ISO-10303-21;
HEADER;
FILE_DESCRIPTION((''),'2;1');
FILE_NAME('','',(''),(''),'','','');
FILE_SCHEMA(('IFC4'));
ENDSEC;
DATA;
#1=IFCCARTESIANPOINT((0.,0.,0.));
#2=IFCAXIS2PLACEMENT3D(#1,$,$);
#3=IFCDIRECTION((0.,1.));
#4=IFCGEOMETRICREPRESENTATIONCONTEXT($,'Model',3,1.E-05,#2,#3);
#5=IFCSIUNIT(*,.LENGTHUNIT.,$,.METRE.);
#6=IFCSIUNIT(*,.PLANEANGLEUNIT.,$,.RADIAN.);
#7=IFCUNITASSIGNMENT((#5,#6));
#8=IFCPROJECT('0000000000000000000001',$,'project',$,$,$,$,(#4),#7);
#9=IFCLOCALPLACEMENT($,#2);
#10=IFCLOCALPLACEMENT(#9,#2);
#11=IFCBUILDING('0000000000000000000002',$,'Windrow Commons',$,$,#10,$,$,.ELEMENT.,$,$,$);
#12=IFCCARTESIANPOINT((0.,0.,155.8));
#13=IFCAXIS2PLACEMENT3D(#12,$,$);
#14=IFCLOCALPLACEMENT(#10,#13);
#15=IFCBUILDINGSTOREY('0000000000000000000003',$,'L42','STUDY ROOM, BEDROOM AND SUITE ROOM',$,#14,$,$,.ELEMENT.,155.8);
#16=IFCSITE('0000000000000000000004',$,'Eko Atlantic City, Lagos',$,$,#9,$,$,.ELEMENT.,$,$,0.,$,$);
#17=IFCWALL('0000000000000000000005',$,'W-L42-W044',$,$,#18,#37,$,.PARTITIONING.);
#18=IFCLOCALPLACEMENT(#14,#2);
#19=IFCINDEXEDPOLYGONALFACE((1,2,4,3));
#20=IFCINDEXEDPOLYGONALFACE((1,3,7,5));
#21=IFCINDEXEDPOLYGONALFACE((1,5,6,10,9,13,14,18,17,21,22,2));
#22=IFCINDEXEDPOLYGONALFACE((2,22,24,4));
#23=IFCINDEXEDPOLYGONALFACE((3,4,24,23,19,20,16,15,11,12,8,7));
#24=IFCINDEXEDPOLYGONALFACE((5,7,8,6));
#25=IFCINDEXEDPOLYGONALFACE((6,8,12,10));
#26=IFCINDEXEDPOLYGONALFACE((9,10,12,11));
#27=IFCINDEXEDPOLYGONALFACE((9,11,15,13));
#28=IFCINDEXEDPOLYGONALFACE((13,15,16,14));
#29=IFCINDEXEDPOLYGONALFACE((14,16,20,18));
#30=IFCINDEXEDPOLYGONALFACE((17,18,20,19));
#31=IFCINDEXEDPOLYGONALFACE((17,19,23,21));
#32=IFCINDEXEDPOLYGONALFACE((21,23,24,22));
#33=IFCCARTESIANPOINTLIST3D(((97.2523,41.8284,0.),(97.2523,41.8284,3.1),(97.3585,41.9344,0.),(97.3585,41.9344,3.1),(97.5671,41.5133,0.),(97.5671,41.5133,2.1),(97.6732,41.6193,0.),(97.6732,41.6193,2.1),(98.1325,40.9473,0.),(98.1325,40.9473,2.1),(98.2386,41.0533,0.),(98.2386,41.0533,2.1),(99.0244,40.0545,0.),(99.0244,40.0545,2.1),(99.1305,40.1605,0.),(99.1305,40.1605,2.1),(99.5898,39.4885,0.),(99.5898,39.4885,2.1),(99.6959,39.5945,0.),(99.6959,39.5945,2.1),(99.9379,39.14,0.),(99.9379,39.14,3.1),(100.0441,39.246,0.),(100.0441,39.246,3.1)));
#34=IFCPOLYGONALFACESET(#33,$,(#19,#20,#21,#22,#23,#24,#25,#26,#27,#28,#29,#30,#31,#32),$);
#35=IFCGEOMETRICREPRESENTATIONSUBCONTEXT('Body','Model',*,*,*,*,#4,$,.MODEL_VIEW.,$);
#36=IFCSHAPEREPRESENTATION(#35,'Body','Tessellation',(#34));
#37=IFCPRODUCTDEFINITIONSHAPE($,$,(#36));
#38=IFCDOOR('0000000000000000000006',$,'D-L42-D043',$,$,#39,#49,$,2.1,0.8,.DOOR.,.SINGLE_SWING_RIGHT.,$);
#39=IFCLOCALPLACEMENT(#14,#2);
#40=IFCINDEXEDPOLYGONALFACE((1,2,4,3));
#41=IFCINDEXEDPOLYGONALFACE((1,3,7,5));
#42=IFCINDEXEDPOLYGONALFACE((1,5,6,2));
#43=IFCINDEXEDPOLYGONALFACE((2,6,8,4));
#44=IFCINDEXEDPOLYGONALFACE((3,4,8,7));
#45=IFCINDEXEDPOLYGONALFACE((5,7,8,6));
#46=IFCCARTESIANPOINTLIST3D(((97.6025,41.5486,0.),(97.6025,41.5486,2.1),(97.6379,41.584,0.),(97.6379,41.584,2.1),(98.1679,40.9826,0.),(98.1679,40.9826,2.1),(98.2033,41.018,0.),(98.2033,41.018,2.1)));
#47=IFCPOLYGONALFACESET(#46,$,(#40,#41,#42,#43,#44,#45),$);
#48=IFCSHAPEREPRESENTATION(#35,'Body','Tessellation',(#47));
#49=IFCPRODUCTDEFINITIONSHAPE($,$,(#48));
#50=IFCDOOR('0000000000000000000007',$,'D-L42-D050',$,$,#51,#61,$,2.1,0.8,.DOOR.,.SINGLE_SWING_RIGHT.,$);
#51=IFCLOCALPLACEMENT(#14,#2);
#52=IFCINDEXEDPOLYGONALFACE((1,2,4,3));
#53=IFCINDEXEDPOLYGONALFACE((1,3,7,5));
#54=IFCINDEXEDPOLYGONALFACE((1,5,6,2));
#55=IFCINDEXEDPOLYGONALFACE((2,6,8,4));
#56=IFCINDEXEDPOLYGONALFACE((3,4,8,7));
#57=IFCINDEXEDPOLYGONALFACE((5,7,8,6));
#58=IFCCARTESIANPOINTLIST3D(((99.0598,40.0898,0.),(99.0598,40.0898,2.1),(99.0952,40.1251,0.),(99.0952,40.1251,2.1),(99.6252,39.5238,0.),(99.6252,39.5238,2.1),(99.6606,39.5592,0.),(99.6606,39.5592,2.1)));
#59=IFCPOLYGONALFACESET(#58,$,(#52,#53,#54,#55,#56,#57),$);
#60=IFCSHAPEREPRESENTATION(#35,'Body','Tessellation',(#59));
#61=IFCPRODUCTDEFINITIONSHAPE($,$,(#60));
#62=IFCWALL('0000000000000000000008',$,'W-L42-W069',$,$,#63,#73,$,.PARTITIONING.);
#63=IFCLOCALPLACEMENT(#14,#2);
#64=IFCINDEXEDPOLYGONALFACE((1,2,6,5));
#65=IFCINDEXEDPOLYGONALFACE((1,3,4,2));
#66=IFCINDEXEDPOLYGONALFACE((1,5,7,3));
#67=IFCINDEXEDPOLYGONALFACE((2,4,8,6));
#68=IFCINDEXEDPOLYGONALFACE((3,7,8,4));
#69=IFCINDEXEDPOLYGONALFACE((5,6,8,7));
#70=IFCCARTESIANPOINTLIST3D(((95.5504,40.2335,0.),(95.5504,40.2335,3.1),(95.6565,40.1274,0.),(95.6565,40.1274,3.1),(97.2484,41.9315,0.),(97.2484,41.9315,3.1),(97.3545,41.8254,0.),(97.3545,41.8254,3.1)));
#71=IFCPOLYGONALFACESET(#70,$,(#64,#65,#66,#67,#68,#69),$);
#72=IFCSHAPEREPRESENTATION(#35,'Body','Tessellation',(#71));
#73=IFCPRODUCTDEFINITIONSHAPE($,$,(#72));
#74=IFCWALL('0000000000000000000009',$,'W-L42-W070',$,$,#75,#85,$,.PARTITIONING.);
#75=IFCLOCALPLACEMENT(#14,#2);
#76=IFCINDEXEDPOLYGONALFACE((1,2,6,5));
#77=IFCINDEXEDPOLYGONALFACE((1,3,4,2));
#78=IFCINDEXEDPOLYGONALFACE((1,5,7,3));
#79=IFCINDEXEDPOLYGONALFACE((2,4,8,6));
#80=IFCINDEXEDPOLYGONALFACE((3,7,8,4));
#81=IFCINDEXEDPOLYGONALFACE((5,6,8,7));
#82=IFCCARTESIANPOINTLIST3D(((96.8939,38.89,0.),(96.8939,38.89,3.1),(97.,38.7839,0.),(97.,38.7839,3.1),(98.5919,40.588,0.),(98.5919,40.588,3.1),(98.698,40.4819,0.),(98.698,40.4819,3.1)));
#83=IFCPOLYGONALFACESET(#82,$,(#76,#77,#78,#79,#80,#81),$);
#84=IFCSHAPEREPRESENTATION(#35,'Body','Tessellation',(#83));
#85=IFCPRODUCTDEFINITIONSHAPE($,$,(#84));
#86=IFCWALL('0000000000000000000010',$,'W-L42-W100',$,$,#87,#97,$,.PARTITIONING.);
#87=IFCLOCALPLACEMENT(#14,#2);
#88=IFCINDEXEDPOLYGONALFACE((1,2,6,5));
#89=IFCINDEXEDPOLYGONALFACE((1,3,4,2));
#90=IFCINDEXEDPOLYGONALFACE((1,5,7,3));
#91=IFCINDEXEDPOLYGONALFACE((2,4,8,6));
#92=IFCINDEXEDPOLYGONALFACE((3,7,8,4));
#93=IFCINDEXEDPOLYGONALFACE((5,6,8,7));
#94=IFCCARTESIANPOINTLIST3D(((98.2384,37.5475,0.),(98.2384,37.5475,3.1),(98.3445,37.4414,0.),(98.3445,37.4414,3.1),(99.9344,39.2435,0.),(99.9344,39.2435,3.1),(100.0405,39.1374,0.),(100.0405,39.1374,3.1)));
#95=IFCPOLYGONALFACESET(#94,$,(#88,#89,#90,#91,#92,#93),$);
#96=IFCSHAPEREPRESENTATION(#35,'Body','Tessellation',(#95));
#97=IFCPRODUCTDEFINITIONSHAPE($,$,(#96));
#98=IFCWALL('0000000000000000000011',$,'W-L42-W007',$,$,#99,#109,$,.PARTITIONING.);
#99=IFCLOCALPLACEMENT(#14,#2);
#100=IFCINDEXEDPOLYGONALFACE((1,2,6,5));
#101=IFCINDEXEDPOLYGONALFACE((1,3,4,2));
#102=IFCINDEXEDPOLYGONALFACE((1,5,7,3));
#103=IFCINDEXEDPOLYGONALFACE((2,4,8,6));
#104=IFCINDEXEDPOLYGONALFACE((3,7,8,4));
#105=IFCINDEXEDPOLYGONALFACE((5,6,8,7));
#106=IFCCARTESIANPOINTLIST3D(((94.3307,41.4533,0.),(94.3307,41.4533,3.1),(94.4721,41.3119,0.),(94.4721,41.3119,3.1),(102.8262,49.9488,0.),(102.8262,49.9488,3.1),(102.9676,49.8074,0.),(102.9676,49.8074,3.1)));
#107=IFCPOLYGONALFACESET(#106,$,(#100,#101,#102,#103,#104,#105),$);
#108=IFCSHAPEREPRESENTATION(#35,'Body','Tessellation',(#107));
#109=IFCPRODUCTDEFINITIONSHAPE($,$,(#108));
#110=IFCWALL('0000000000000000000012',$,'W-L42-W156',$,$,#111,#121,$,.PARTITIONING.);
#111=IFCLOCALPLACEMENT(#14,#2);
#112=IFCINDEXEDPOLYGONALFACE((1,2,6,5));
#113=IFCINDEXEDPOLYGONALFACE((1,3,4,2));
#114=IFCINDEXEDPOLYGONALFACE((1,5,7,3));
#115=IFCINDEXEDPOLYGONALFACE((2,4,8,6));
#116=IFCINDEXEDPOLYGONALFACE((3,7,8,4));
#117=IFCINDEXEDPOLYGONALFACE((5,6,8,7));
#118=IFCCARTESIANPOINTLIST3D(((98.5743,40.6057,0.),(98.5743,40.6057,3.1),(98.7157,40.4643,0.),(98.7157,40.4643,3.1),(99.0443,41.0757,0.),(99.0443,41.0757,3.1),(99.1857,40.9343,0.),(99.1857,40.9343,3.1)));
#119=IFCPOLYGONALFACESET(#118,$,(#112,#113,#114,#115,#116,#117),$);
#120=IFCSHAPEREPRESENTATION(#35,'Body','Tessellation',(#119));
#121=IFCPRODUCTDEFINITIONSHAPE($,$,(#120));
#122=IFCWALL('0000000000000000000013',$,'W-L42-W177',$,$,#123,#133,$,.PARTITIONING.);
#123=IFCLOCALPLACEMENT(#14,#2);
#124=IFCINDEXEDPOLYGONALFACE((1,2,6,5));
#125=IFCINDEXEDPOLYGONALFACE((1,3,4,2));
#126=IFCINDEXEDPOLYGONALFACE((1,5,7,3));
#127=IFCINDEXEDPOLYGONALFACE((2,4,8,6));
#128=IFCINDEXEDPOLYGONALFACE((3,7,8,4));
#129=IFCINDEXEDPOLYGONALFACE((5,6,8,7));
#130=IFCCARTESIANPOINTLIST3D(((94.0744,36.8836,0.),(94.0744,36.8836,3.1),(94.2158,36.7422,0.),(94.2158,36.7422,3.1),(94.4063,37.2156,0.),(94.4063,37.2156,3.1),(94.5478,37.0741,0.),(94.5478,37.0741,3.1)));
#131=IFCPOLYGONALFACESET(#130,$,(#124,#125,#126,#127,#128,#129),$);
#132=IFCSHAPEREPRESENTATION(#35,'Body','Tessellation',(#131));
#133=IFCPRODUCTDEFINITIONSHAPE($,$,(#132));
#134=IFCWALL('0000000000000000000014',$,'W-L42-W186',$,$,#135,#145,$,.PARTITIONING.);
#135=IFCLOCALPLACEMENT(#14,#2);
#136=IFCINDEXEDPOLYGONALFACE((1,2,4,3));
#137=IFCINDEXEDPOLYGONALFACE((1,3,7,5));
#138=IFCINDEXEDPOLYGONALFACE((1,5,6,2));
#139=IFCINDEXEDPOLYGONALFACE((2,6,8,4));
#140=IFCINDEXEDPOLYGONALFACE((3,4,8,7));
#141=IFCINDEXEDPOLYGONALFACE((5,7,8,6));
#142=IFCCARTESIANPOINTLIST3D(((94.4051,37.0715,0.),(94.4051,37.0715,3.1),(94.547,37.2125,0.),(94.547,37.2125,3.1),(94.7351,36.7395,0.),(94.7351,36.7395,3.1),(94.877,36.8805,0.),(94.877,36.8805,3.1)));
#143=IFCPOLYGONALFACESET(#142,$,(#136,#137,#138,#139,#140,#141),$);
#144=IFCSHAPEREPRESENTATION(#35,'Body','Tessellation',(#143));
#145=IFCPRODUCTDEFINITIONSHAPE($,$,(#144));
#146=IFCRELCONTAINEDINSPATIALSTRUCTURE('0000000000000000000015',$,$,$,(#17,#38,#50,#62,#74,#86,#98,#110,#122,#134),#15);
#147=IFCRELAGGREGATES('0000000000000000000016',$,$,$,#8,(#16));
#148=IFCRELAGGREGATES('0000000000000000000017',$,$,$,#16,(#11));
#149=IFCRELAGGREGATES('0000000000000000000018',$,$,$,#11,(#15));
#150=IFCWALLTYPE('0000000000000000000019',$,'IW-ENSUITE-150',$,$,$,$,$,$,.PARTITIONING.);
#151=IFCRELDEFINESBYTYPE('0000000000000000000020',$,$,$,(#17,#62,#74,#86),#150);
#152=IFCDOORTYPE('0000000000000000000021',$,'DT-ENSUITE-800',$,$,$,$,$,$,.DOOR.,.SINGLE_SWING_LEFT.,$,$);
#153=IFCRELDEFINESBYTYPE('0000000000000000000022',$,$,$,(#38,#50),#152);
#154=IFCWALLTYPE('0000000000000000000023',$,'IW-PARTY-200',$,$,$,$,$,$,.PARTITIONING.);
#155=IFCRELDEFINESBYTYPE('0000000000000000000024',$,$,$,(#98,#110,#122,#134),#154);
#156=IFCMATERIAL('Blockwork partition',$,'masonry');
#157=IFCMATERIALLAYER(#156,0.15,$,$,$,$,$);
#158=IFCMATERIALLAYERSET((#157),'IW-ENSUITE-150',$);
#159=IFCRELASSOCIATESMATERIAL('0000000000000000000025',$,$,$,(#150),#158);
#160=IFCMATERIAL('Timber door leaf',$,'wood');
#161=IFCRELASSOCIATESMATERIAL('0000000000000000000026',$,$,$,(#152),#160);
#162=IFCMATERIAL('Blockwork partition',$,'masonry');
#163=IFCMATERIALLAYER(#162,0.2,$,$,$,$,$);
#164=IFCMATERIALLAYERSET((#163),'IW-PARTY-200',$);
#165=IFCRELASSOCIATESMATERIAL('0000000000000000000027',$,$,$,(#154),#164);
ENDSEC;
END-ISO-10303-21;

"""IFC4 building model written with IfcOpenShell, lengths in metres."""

from ifc_helpers import new_model, si_unit, direction, frame, frame_2d, origin, place, context, subcontext, project, spatial, rectangle, extrude, material, layer, layer_set, type_object, element, fill, save


model = new_model("IFC4")

# Units and contexts
model_context = context("Model", 3, precision=1e-05, world=origin(), true_north=direction((0.0, 1.0)))
body_context = subcontext(model_context, "Body", "Model", "MODEL_VIEW")
ifc_project = project(units=[si_unit("LENGTHUNIT", "METRE"), si_unit("PLANEANGLEUNIT", "RADIAN")], contexts=[model_context])

# Site, building, storey
site_placement = place(None, origin())
site = spatial("IfcSite", under=ifc_project, at=site_placement, Name="Eko Atlantic City, Lagos", CompositionType="ELEMENT", RefElevation=0.0)
building_placement = place(site_placement, origin())
building = spatial("IfcBuilding", under=site, at=building_placement, Name="Windrow Commons", CompositionType="ELEMENT")
storey_placement = place(building_placement, frame((0.0, 0.0, 155.8)))
storey = spatial("IfcBuildingStorey", under=building, at=storey_placement, Name="L42", Description="STUDY ROOM, BEDROOM AND SUITE ROOM", CompositionType="ELEMENT", Elevation=155.8)

# Wall, openings, doors
ifc_material_1 = material(Name="Blockwork partition", Category="masonry")
ifc_layer_1 = layer(ifc_material_1, 0.15)
ifc_layer_set_1 = layer_set([ifc_layer_1], Name="IW-ENSUITE-150")
wall_type_1 = type_object("IfcWallType", Name="IW-ENSUITE-150", PredefinedType="PARTITIONING", material=ifc_layer_set_1)
wall_1_placement = place(storey_placement, frame((97.3054, 41.8814, 0.0), z_axis=(0.0, 0.0, 1.0), x_axis=(0.706738, -0.707475, 0.0)))
wall_1 = element("IfcWall", 1, at=wall_1_placement, inside=storey, type_object=wall_type_1, Name="W-L42-W044", PredefinedType="PARTITIONING", context=body_context, shape_type="SweptSolid", body=[
    extrude(rectangle(XDim=3.8, YDim=0.15, at=frame_2d((1.9, 0.0))), origin(), (0.0, 0.0, 1.0), 3.1),
])
opening_1_placement = place(wall_1_placement, frame((0.4454, 0.0, 0.0)))
opening_1 = element("IfcOpeningElement", 2, at=opening_1_placement, cuts=wall_1, PredefinedType="OPENING", context=body_context, shape_type="SweptSolid", body=[
    extrude(rectangle(XDim=0.8, YDim=2.1, at=frame_2d((0.4, 1.05))), frame((0.0, 0.085, 0.0), z_axis=(0.0, -1.0, 0.0), x_axis=(1.0, 0.0, 0.0)), (0.0, 0.0, 1.0), 0.17),
])
opening_2_placement = place(wall_1_placement, frame((2.5074, 0.0, 0.0)))
opening_2 = element("IfcOpeningElement", 3, at=opening_2_placement, cuts=wall_1, PredefinedType="OPENING", context=body_context, shape_type="SweptSolid", body=[
    extrude(rectangle(XDim=0.8, YDim=2.1, at=frame_2d((0.4, 1.05))), frame((0.0, 0.085, 0.0), z_axis=(0.0, -1.0, 0.0), x_axis=(1.0, 0.0, 0.0)), (0.0, 0.0, 1.0), 0.17),
])
ifc_material_2 = material(Name="Timber door leaf", Category="wood")
door_type_1 = type_object("IfcDoorType", Name="DT-ENSUITE-800", OperationType="SINGLE_SWING_LEFT", PredefinedType="DOOR", material=ifc_material_2)
door_1_placement = place(opening_1_placement, origin())
door_1 = element("IfcDoor", 4, at=door_1_placement, inside=storey, type_object=door_type_1, Name="D-L42-D043", OperationType="SINGLE_SWING_RIGHT", OverallHeight=2.1, OverallWidth=0.8, PredefinedType="DOOR", context=body_context, shape_type="SweptSolid", body=[
    extrude(rectangle(XDim=0.8, YDim=2.1, at=frame_2d((0.4, 1.05))), frame((0.0, 0.025, 0.0), z_axis=(0.0, -1.0, 0.0), x_axis=(1.0, 0.0, 0.0)), (0.0, 0.0, 1.0), 0.05),
])
fill(opening_1, door_1)
door_2_placement = place(opening_2_placement, origin())
door_2 = element("IfcDoor", 5, at=door_2_placement, inside=storey, type_object=door_type_1, Name="D-L42-D050", OperationType="SINGLE_SWING_RIGHT", OverallHeight=2.1, OverallWidth=0.8, PredefinedType="DOOR", context=body_context, shape_type="SweptSolid", body=[
    extrude(rectangle(XDim=0.8, YDim=2.1, at=frame_2d((0.4, 1.05))), frame((0.0, 0.025, 0.0), z_axis=(0.0, -1.0, 0.0), x_axis=(1.0, 0.0, 0.0)), (0.0, 0.0, 1.0), 0.05),
])
fill(opening_2, door_2)

# Walls
for number, where, z_axis, x_axis, name in (
    (6, (95.6035, 40.1805, 0.0), (0.0, 0.0, 1.0), (0.707107, 0.707107, 0.0), "W-L42-W069"),
    (7, (96.947, 38.837, 0.0), (0.0, 0.0, 1.0), (0.707107, 0.707107, 0.0), "W-L42-W070"),
):
    element("IfcWall", number, at=place(storey_placement, frame(where, z_axis=z_axis, x_axis=x_axis)), inside=storey, type_object=wall_type_1, Name=name, PredefinedType="PARTITIONING", context=body_context, shape_type="SweptSolid", body=[
        extrude(rectangle(XDim=2.4013, YDim=0.15, at=frame_2d((1.2006, 0.0))), origin(), (0.0, 0.0, 1.0), 3.1),
    ])
wall_2_placement = place(storey_placement, frame((98.2915, 37.4945, 0.0), z_axis=(0.0, 0.0, 1.0), x_axis=(0.707107, 0.707107, 0.0)))
element("IfcWall", 8, at=wall_2_placement, inside=storey, type_object=wall_type_1, Name="W-L42-W100", PredefinedType="PARTITIONING", context=body_context, shape_type="SweptSolid", body=[
    extrude(rectangle(XDim=2.3985, YDim=0.15, at=frame_2d((1.1992, 0.0))), origin(), (0.0, 0.0, 1.0), 3.1),
])
ifc_material_3 = material(Name="Blockwork partition", Category="masonry")
ifc_layer_2 = layer(ifc_material_3, 0.2)
ifc_layer_set_2 = layer_set([ifc_layer_2], Name="IW-PARTY-200")
wall_type_2 = type_object("IfcWallType", Name="IW-PARTY-200", PredefinedType="PARTITIONING", material=ifc_layer_set_2)
wall_3_placement = place(storey_placement, frame((94.4014, 41.3826, 0.0), z_axis=(0.0, 0.0, 1.0), x_axis=(0.707107, 0.707107, 0.0)))
element("IfcWall", 9, at=wall_3_placement, inside=storey, type_object=wall_type_2, Name="W-L42-W007", PredefinedType="PARTITIONING", context=body_context, shape_type="SweptSolid", body=[
    extrude(rectangle(XDim=12.0145, YDim=0.2, at=frame_2d((6.0072, 0.0))), origin(), (0.0, 0.0, 1.0), 3.1),
])
wall_4_placement = place(storey_placement, frame((98.645, 40.535, 0.0), z_axis=(0.0, 0.0, 1.0), x_axis=(0.707107, 0.707107, 0.0)))
element("IfcWall", 10, at=wall_4_placement, inside=storey, type_object=wall_type_2, Name="W-L42-W156", PredefinedType="PARTITIONING", context=body_context, shape_type="SweptSolid", body=[
    extrude(rectangle(XDim=0.6647, YDim=0.2, at=frame_2d((0.3323, 0.0))), origin(), (0.0, 0.0, 1.0), 3.1),
])
wall_5_placement = place(storey_placement, frame((94.1451, 36.8129, 0.0), z_axis=(0.0, 0.0, 1.0), x_axis=(0.707107, 0.707107, 0.0)))
element("IfcWall", 11, at=wall_5_placement, inside=storey, type_object=wall_type_2, Name="W-L42-W177", PredefinedType="PARTITIONING", context=body_context, shape_type="SweptSolid", body=[
    extrude(rectangle(XDim=0.4695, YDim=0.2, at=frame_2d((0.2347, 0.0))), origin(), (0.0, 0.0, 1.0), 3.1),
])
wall_6_placement = place(storey_placement, frame((94.476, 37.142, 0.0), z_axis=(0.0, 0.0, 1.0), x_axis=(0.704967, -0.70924, 0.0)))
element("IfcWall", 12, at=wall_6_placement, inside=storey, type_object=wall_type_2, Name="W-L42-W186", PredefinedType="PARTITIONING", context=body_context, shape_type="SweptSolid", body=[
    extrude(rectangle(XDim=0.4681, YDim=0.2, at=frame_2d((0.2341, 0.0))), origin(), (0.0, 0.0, 1.0), 3.1),
])

save(model, "model.ifc")
